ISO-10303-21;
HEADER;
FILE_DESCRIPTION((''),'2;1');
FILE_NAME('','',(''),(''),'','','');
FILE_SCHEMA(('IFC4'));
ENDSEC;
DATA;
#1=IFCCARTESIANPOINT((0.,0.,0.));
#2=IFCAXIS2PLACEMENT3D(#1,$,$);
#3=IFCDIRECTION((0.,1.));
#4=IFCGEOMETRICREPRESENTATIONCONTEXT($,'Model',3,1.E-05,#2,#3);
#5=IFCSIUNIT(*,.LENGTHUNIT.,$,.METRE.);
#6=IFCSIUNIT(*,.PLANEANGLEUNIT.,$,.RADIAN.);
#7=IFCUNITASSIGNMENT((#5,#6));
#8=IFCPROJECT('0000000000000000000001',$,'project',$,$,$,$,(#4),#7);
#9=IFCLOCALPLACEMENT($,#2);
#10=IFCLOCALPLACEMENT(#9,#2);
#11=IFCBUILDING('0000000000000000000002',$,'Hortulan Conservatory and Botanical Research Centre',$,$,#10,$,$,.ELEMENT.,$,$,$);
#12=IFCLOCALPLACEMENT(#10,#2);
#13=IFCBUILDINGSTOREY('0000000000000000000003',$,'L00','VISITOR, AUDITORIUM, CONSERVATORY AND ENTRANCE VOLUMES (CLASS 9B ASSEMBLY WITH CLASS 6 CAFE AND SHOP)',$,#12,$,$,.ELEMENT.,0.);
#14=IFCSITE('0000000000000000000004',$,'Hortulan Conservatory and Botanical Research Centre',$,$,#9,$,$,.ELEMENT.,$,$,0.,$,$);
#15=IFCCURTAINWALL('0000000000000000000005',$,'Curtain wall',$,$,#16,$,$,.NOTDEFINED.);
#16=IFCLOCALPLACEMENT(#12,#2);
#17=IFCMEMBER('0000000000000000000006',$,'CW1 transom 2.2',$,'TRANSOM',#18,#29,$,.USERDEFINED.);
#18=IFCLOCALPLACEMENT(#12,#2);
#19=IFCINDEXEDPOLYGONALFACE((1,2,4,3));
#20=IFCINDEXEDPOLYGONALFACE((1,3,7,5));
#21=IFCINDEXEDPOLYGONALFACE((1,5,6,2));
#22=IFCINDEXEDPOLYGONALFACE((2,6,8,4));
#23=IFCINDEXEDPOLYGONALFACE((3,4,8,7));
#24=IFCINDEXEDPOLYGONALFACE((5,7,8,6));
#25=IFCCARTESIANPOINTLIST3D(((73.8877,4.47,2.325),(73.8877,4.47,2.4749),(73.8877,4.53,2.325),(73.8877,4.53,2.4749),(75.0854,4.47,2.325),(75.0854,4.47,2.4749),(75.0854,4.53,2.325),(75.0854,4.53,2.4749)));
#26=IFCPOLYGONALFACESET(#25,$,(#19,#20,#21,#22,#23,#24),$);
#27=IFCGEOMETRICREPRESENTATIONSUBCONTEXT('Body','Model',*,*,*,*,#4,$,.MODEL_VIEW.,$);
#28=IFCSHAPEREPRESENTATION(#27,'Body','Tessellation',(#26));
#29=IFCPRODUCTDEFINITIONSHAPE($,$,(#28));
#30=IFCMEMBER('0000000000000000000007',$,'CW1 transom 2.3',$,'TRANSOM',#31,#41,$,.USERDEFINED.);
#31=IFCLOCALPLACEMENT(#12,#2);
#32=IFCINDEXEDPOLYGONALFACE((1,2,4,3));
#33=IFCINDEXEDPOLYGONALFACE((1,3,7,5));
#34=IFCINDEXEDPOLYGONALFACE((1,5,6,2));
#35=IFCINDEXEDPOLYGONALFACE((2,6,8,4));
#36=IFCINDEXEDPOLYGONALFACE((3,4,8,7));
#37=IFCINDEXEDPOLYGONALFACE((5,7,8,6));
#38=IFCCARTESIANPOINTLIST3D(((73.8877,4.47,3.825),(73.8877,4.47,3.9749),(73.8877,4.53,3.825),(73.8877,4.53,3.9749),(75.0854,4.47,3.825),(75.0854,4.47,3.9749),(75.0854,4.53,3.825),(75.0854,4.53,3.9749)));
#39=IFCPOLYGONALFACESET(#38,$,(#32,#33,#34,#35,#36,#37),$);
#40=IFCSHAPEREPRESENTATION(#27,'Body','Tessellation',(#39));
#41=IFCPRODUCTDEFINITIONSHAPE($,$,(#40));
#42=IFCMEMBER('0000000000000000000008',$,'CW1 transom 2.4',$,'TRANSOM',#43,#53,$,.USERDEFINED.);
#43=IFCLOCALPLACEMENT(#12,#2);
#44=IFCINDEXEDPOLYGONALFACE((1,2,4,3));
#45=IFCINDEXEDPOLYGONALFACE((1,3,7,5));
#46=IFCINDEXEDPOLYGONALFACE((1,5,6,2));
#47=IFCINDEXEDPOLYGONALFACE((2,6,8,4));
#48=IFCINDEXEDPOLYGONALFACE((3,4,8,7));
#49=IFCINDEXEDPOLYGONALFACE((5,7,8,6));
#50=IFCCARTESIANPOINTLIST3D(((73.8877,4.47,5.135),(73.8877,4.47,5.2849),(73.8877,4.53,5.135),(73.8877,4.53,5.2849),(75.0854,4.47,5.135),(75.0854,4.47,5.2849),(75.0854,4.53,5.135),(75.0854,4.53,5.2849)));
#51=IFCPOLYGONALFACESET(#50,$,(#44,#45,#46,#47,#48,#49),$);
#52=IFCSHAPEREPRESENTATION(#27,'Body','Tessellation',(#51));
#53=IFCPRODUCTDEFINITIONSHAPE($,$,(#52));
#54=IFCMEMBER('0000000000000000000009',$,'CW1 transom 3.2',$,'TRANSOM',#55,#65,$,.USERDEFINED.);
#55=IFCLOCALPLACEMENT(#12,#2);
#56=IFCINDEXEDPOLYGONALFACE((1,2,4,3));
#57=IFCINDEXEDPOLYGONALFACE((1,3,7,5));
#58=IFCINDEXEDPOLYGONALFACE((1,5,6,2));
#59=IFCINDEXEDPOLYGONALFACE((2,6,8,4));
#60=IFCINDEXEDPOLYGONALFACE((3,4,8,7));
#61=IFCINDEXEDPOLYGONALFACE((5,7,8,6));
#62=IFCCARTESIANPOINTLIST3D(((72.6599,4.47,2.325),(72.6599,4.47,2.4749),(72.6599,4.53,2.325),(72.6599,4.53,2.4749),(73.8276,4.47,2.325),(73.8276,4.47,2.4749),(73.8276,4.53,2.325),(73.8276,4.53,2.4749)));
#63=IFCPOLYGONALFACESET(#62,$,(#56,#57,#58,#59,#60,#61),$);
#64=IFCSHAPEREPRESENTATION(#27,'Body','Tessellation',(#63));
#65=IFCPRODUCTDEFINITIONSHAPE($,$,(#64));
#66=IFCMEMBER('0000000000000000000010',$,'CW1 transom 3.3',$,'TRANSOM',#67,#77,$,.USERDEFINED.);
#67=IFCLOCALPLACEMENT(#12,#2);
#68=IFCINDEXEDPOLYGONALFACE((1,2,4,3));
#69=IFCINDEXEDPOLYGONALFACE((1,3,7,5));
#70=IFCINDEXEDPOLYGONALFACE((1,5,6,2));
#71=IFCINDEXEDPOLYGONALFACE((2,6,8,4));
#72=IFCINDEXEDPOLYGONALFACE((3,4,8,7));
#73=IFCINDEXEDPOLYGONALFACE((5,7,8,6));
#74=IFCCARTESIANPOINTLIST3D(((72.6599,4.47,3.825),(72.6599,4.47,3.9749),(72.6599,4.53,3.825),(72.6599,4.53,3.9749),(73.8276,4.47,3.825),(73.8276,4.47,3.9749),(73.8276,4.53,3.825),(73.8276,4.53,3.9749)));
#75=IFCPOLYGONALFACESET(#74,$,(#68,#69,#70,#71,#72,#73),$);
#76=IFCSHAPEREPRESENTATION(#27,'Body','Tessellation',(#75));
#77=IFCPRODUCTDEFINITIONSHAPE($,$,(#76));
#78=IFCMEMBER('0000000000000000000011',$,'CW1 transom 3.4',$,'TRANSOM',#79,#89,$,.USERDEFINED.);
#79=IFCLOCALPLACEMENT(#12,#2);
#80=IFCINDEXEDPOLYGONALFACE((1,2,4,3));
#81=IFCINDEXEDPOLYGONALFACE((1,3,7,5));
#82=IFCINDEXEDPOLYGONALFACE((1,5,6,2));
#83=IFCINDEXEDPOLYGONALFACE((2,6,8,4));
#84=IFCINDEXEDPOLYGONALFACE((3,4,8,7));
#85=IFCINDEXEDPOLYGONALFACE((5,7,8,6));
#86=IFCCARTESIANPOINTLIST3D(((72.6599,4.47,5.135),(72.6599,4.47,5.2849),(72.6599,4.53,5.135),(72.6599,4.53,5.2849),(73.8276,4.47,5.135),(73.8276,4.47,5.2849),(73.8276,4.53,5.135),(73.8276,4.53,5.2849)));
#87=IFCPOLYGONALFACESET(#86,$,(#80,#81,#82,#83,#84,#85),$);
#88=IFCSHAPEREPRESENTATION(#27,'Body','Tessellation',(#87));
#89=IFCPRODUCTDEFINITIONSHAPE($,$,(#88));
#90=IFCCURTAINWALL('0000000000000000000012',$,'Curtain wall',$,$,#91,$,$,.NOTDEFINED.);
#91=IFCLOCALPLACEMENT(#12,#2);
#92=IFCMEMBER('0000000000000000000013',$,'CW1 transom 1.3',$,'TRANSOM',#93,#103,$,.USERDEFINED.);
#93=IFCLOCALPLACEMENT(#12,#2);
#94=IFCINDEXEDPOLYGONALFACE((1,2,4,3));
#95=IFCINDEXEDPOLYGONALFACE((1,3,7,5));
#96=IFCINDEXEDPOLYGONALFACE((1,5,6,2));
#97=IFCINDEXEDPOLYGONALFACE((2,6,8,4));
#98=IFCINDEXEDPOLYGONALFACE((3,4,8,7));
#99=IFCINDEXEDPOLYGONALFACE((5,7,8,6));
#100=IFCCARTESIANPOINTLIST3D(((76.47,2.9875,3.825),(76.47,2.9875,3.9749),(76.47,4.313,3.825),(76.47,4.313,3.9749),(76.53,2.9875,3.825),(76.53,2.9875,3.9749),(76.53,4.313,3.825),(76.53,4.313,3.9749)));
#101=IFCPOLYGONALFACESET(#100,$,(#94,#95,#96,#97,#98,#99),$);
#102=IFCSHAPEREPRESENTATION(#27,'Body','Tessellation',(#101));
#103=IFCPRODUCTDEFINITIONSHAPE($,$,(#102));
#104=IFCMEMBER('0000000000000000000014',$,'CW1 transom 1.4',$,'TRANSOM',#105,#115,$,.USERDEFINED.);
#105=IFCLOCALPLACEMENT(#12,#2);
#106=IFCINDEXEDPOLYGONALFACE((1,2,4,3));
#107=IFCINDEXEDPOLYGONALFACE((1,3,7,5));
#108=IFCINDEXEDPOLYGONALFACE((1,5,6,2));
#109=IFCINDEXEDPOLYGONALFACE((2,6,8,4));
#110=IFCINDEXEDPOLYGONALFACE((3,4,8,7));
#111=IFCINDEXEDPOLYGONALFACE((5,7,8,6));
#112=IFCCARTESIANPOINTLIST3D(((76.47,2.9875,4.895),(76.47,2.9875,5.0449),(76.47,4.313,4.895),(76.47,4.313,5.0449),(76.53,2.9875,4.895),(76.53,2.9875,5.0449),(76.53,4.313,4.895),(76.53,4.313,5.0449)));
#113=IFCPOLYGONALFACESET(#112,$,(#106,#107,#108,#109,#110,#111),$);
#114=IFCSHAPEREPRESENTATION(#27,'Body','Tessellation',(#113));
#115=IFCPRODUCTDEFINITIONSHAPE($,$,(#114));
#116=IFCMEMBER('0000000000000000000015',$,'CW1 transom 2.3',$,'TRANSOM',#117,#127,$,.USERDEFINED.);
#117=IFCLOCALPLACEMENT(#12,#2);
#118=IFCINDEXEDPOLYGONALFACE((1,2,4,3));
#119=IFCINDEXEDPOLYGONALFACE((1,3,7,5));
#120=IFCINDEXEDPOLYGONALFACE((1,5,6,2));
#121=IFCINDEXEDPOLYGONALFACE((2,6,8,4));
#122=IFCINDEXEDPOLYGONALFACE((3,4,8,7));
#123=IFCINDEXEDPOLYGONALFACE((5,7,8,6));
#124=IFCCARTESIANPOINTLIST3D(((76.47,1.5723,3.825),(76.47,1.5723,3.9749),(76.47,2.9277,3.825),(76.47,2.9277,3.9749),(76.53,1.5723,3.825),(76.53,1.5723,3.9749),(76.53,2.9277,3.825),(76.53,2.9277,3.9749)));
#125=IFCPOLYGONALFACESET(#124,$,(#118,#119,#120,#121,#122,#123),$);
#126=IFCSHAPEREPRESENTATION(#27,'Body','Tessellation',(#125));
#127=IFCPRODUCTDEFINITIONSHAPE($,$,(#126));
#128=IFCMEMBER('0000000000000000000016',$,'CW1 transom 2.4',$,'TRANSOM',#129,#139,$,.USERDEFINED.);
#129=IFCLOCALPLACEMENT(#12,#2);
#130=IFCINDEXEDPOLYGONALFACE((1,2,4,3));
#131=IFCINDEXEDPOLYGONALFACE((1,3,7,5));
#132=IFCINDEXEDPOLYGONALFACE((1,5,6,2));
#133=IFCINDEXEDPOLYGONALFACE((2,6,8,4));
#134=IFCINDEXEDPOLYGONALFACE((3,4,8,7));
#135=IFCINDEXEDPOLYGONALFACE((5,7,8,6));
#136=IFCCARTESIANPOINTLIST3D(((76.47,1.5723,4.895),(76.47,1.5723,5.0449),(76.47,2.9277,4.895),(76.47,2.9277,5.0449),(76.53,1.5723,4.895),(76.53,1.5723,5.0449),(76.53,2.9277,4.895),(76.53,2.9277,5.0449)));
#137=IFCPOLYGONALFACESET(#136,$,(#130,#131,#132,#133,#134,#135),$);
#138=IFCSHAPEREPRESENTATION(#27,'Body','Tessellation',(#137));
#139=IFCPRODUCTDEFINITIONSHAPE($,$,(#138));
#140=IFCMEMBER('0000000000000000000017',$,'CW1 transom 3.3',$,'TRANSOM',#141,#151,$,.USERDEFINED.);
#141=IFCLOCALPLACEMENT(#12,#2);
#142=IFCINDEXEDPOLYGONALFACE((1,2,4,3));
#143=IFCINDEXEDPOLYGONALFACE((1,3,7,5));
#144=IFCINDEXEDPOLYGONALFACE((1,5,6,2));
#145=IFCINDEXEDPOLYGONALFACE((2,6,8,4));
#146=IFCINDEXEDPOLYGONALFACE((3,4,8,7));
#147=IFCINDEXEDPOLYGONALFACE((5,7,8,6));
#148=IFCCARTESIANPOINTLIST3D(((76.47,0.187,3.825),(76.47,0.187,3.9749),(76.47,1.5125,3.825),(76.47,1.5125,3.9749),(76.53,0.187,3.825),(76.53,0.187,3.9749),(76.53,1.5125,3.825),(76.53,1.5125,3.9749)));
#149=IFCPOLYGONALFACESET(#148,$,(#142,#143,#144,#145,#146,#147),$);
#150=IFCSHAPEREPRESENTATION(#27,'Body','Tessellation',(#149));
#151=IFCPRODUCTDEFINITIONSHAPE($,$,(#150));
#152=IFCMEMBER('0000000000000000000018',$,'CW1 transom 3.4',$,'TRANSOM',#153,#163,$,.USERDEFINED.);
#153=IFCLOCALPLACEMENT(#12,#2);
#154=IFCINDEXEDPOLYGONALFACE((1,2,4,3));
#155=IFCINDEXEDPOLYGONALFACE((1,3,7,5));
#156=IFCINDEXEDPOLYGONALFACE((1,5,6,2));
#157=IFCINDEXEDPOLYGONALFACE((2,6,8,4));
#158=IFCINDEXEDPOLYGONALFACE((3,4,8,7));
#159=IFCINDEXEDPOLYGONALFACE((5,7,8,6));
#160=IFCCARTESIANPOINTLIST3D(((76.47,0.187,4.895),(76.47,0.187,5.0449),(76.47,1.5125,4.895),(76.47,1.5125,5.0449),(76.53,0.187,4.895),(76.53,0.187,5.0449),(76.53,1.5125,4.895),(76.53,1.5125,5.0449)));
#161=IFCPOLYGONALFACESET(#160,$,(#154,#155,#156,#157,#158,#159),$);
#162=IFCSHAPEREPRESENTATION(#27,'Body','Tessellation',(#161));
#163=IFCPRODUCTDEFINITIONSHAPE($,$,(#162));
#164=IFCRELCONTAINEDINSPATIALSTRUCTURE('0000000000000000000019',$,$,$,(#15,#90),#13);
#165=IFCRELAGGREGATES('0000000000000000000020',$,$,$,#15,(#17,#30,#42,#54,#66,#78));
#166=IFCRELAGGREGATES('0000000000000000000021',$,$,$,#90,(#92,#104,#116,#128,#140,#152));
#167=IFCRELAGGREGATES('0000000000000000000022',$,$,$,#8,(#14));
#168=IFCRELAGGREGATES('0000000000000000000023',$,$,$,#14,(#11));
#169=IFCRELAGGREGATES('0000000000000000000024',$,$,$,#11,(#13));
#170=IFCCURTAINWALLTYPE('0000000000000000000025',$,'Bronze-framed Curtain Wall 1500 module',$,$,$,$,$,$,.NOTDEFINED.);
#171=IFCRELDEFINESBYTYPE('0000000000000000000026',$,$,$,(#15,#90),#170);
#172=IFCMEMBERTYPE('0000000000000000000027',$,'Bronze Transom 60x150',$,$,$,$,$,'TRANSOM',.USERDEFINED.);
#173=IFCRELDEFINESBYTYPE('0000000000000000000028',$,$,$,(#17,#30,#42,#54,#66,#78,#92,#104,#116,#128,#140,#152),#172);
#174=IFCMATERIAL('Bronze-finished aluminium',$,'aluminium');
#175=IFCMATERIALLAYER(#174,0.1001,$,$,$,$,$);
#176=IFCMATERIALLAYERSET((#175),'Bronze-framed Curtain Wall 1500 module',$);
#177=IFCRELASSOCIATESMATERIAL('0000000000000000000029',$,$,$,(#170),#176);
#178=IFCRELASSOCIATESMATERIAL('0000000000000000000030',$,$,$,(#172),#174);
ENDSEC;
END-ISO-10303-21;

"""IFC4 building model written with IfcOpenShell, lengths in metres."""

from ifc_helpers import new_model, si_unit, direction, frame, origin, origin_2d, place, context, subcontext, project, spatial, rectangle, extrude, material, layer, layer_set, material_profile, profile_set, type_object, element, aggregate, save


model = new_model("IFC4")

# Units and contexts
model_context = context("Model", 3, precision=1e-05, world=origin(), true_north=direction((0.0, 1.0)))
body_context = subcontext(model_context, "Body", "Model", "MODEL_VIEW")
ifc_project = project(units=[si_unit("LENGTHUNIT", "METRE"), si_unit("PLANEANGLEUNIT", "RADIAN")], contexts=[model_context])

# Site, building, storey
site_placement = place(None, origin())
site = spatial("IfcSite", under=ifc_project, at=site_placement, Name="Hortulan Conservatory and Botanical Research Centre", CompositionType="ELEMENT", RefElevation=0.0)
building_placement = place(site_placement, origin())
building = spatial("IfcBuilding", under=site, at=building_placement, Name="Hortulan Conservatory and Botanical Research Centre", CompositionType="ELEMENT")
storey_placement = place(building_placement, origin())
storey = spatial("IfcBuildingStorey", under=building, at=storey_placement, Name="L00", Description="VISITOR, AUDITORIUM, CONSERVATORY AND ENTRANCE VOLUMES (CLASS 9B ASSEMBLY WITH CLASS 6 CAFE AND SHOP)", CompositionType="ELEMENT", Elevation=0.0)

# Curtain walls, members
ifc_material_1 = material(Name="Bronze-finished aluminium", Category="aluminium")
ifc_layer_1 = layer(ifc_material_1, 0.1001)
ifc_layer_set_1 = layer_set([ifc_layer_1], Name="Bronze-framed Curtain Wall 1500 module")
curtain_wall_type = type_object("IfcCurtainWallType", Name="Bronze-framed Curtain Wall 1500 module", PredefinedType="NOTDEFINED", material=ifc_layer_set_1)
curtain_wall_1_placement = place(storey_placement, origin())
curtain_wall_1 = element("IfcCurtainWall", 1, at=curtain_wall_1_placement, inside=storey, type_object=curtain_wall_type, Name="Curtain wall", PredefinedType="NOTDEFINED")
ifc_material_profile_1 = material_profile(ifc_material_1, rectangle(XDim=0.0601, YDim=0.1499, at=origin_2d()), Name="Bronze Transom 60x150")
ifc_profile_set_1 = profile_set([ifc_material_profile_1], Name="Bronze-finished aluminium")
member_type = type_object("IfcMemberType", Name="Bronze Transom 60x150", ElementType="TRANSOM", PredefinedType="USERDEFINED", material=ifc_profile_set_1)
member_1_placement = place(storey_placement, frame((75.0854, 4.5, 2.3999), z_axis=(-1.0, 0.0, 0.0), x_axis=(0.0, -1.0, 0.0)))
member_1 = element("IfcMember", 2, at=member_1_placement, type_object=member_type, Name="CW1 transom 2.2", ObjectType="TRANSOM", PredefinedType="USERDEFINED", context=body_context, shape_type="SweptSolid", body=[
    extrude(rectangle(XDim=0.0601, YDim=0.1499, at=origin_2d()), origin(), (0.0, 0.0, 1.0), 1.1978),
])
member_2_placement = place(storey_placement, frame((75.0854, 4.5, 3.8999), z_axis=(-1.0, 0.0, 0.0), x_axis=(0.0, -1.0, 0.0)))
member_2 = element("IfcMember", 3, at=member_2_placement, type_object=member_type, Name="CW1 transom 2.3", ObjectType="TRANSOM", PredefinedType="USERDEFINED", context=body_context, shape_type="SweptSolid", body=[
    extrude(rectangle(XDim=0.0601, YDim=0.1499, at=origin_2d()), origin(), (0.0, 0.0, 1.0), 1.1978),
])
member_3_placement = place(storey_placement, frame((75.0854, 4.5, 5.21), z_axis=(-1.0, 0.0, 0.0), x_axis=(0.0, -1.0, 0.0)))
member_3 = element("IfcMember", 4, at=member_3_placement, type_object=member_type, Name="CW1 transom 2.4", ObjectType="TRANSOM", PredefinedType="USERDEFINED", context=body_context, shape_type="SweptSolid", body=[
    extrude(rectangle(XDim=0.0601, YDim=0.1499, at=origin_2d()), origin(), (0.0, 0.0, 1.0), 1.1978),
])
member_4_placement = place(storey_placement, frame((73.8276, 4.5, 2.3999), z_axis=(-1.0, 0.0, 0.0), x_axis=(0.0, -1.0, 0.0)))
member_4 = element("IfcMember", 5, at=member_4_placement, type_object=member_type, Name="CW1 transom 3.2", ObjectType="TRANSOM", PredefinedType="USERDEFINED", context=body_context, shape_type="SweptSolid", body=[
    extrude(rectangle(XDim=0.0601, YDim=0.1499, at=origin_2d()), origin(), (0.0, 0.0, 1.0), 1.1677),
])
member_5_placement = place(storey_placement, frame((73.8276, 4.5, 3.8999), z_axis=(-1.0, 0.0, 0.0), x_axis=(0.0, -1.0, 0.0)))
member_5 = element("IfcMember", 6, at=member_5_placement, type_object=member_type, Name="CW1 transom 3.3", ObjectType="TRANSOM", PredefinedType="USERDEFINED", context=body_context, shape_type="SweptSolid", body=[
    extrude(rectangle(XDim=0.0601, YDim=0.1499, at=origin_2d()), origin(), (0.0, 0.0, 1.0), 1.1677),
])
member_6_placement = place(storey_placement, frame((73.8276, 4.5, 5.21), z_axis=(-1.0, 0.0, 0.0), x_axis=(0.0, -1.0, 0.0)))
member_6 = element("IfcMember", 7, at=member_6_placement, type_object=member_type, Name="CW1 transom 3.4", ObjectType="TRANSOM", PredefinedType="USERDEFINED", context=body_context, shape_type="SweptSolid", body=[
    extrude(rectangle(XDim=0.0601, YDim=0.1499, at=origin_2d()), origin(), (0.0, 0.0, 1.0), 1.1677),
])
curtain_wall_2_placement = place(storey_placement, origin())
curtain_wall_2 = element("IfcCurtainWall", 8, at=curtain_wall_2_placement, inside=storey, type_object=curtain_wall_type, Name="Curtain wall", PredefinedType="NOTDEFINED")
member_7_placement = place(storey_placement, frame((76.5, 4.313, 3.8999), z_axis=(0.0, -1.0, 0.0), x_axis=(1.0, 0.0, 0.0)))
member_7 = element("IfcMember", 9, at=member_7_placement, type_object=member_type, Name="CW1 transom 1.3", ObjectType="TRANSOM", PredefinedType="USERDEFINED", context=body_context, shape_type="SweptSolid", body=[
    extrude(rectangle(XDim=0.0601, YDim=0.1499, at=origin_2d()), origin(), (0.0, 0.0, 1.0), 1.3254),
])
member_8_placement = place(storey_placement, frame((76.5, 4.313, 4.97), z_axis=(0.0, -1.0, 0.0), x_axis=(1.0, 0.0, 0.0)))
member_8 = element("IfcMember", 10, at=member_8_placement, type_object=member_type, Name="CW1 transom 1.4", ObjectType="TRANSOM", PredefinedType="USERDEFINED", context=body_context, shape_type="SweptSolid", body=[
    extrude(rectangle(XDim=0.0601, YDim=0.1499, at=origin_2d()), origin(), (0.0, 0.0, 1.0), 1.3254),
])
member_9_placement = place(storey_placement, frame((76.5, 2.9277, 3.8999), z_axis=(0.0, -1.0, 0.0), x_axis=(1.0, 0.0, 0.0)))
member_9 = element("IfcMember", 11, at=member_9_placement, type_object=member_type, Name="CW1 transom 2.3", ObjectType="TRANSOM", PredefinedType="USERDEFINED", context=body_context, shape_type="SweptSolid", body=[
    extrude(rectangle(XDim=0.0601, YDim=0.1499, at=origin_2d()), origin(), (0.0, 0.0, 1.0), 1.3555),
])
member_10_placement = place(storey_placement, frame((76.5, 2.9277, 4.97), z_axis=(0.0, -1.0, 0.0), x_axis=(1.0, 0.0, 0.0)))
member_10 = element("IfcMember", 12, at=member_10_placement, type_object=member_type, Name="CW1 transom 2.4", ObjectType="TRANSOM", PredefinedType="USERDEFINED", context=body_context, shape_type="SweptSolid", body=[
    extrude(rectangle(XDim=0.0601, YDim=0.1499, at=origin_2d()), origin(), (0.0, 0.0, 1.0), 1.3555),
])
member_11_placement = place(storey_placement, frame((76.5, 1.5125, 3.8999), z_axis=(0.0, -1.0, 0.0), x_axis=(1.0, 0.0, 0.0)))
member_11 = element("IfcMember", 13, at=member_11_placement, type_object=member_type, Name="CW1 transom 3.3", ObjectType="TRANSOM", PredefinedType="USERDEFINED", context=body_context, shape_type="SweptSolid", body=[
    extrude(rectangle(XDim=0.0601, YDim=0.1499, at=origin_2d()), origin(), (0.0, 0.0, 1.0), 1.3254),
])
member_12_placement = place(storey_placement, frame((76.5, 1.5125, 4.97), z_axis=(0.0, -1.0, 0.0), x_axis=(1.0, 0.0, 0.0)))
member_12 = element("IfcMember", 14, at=member_12_placement, type_object=member_type, Name="CW1 transom 3.4", ObjectType="TRANSOM", PredefinedType="USERDEFINED", context=body_context, shape_type="SweptSolid", body=[
    extrude(rectangle(XDim=0.0601, YDim=0.1499, at=origin_2d()), origin(), (0.0, 0.0, 1.0), 1.3254),
])

aggregate(curtain_wall_1, [member_1, member_2, member_3, member_4, member_5, member_6])
aggregate(curtain_wall_2, [member_7, member_8, member_9, member_10, member_11, member_12])

save(model, "model.ifc")
